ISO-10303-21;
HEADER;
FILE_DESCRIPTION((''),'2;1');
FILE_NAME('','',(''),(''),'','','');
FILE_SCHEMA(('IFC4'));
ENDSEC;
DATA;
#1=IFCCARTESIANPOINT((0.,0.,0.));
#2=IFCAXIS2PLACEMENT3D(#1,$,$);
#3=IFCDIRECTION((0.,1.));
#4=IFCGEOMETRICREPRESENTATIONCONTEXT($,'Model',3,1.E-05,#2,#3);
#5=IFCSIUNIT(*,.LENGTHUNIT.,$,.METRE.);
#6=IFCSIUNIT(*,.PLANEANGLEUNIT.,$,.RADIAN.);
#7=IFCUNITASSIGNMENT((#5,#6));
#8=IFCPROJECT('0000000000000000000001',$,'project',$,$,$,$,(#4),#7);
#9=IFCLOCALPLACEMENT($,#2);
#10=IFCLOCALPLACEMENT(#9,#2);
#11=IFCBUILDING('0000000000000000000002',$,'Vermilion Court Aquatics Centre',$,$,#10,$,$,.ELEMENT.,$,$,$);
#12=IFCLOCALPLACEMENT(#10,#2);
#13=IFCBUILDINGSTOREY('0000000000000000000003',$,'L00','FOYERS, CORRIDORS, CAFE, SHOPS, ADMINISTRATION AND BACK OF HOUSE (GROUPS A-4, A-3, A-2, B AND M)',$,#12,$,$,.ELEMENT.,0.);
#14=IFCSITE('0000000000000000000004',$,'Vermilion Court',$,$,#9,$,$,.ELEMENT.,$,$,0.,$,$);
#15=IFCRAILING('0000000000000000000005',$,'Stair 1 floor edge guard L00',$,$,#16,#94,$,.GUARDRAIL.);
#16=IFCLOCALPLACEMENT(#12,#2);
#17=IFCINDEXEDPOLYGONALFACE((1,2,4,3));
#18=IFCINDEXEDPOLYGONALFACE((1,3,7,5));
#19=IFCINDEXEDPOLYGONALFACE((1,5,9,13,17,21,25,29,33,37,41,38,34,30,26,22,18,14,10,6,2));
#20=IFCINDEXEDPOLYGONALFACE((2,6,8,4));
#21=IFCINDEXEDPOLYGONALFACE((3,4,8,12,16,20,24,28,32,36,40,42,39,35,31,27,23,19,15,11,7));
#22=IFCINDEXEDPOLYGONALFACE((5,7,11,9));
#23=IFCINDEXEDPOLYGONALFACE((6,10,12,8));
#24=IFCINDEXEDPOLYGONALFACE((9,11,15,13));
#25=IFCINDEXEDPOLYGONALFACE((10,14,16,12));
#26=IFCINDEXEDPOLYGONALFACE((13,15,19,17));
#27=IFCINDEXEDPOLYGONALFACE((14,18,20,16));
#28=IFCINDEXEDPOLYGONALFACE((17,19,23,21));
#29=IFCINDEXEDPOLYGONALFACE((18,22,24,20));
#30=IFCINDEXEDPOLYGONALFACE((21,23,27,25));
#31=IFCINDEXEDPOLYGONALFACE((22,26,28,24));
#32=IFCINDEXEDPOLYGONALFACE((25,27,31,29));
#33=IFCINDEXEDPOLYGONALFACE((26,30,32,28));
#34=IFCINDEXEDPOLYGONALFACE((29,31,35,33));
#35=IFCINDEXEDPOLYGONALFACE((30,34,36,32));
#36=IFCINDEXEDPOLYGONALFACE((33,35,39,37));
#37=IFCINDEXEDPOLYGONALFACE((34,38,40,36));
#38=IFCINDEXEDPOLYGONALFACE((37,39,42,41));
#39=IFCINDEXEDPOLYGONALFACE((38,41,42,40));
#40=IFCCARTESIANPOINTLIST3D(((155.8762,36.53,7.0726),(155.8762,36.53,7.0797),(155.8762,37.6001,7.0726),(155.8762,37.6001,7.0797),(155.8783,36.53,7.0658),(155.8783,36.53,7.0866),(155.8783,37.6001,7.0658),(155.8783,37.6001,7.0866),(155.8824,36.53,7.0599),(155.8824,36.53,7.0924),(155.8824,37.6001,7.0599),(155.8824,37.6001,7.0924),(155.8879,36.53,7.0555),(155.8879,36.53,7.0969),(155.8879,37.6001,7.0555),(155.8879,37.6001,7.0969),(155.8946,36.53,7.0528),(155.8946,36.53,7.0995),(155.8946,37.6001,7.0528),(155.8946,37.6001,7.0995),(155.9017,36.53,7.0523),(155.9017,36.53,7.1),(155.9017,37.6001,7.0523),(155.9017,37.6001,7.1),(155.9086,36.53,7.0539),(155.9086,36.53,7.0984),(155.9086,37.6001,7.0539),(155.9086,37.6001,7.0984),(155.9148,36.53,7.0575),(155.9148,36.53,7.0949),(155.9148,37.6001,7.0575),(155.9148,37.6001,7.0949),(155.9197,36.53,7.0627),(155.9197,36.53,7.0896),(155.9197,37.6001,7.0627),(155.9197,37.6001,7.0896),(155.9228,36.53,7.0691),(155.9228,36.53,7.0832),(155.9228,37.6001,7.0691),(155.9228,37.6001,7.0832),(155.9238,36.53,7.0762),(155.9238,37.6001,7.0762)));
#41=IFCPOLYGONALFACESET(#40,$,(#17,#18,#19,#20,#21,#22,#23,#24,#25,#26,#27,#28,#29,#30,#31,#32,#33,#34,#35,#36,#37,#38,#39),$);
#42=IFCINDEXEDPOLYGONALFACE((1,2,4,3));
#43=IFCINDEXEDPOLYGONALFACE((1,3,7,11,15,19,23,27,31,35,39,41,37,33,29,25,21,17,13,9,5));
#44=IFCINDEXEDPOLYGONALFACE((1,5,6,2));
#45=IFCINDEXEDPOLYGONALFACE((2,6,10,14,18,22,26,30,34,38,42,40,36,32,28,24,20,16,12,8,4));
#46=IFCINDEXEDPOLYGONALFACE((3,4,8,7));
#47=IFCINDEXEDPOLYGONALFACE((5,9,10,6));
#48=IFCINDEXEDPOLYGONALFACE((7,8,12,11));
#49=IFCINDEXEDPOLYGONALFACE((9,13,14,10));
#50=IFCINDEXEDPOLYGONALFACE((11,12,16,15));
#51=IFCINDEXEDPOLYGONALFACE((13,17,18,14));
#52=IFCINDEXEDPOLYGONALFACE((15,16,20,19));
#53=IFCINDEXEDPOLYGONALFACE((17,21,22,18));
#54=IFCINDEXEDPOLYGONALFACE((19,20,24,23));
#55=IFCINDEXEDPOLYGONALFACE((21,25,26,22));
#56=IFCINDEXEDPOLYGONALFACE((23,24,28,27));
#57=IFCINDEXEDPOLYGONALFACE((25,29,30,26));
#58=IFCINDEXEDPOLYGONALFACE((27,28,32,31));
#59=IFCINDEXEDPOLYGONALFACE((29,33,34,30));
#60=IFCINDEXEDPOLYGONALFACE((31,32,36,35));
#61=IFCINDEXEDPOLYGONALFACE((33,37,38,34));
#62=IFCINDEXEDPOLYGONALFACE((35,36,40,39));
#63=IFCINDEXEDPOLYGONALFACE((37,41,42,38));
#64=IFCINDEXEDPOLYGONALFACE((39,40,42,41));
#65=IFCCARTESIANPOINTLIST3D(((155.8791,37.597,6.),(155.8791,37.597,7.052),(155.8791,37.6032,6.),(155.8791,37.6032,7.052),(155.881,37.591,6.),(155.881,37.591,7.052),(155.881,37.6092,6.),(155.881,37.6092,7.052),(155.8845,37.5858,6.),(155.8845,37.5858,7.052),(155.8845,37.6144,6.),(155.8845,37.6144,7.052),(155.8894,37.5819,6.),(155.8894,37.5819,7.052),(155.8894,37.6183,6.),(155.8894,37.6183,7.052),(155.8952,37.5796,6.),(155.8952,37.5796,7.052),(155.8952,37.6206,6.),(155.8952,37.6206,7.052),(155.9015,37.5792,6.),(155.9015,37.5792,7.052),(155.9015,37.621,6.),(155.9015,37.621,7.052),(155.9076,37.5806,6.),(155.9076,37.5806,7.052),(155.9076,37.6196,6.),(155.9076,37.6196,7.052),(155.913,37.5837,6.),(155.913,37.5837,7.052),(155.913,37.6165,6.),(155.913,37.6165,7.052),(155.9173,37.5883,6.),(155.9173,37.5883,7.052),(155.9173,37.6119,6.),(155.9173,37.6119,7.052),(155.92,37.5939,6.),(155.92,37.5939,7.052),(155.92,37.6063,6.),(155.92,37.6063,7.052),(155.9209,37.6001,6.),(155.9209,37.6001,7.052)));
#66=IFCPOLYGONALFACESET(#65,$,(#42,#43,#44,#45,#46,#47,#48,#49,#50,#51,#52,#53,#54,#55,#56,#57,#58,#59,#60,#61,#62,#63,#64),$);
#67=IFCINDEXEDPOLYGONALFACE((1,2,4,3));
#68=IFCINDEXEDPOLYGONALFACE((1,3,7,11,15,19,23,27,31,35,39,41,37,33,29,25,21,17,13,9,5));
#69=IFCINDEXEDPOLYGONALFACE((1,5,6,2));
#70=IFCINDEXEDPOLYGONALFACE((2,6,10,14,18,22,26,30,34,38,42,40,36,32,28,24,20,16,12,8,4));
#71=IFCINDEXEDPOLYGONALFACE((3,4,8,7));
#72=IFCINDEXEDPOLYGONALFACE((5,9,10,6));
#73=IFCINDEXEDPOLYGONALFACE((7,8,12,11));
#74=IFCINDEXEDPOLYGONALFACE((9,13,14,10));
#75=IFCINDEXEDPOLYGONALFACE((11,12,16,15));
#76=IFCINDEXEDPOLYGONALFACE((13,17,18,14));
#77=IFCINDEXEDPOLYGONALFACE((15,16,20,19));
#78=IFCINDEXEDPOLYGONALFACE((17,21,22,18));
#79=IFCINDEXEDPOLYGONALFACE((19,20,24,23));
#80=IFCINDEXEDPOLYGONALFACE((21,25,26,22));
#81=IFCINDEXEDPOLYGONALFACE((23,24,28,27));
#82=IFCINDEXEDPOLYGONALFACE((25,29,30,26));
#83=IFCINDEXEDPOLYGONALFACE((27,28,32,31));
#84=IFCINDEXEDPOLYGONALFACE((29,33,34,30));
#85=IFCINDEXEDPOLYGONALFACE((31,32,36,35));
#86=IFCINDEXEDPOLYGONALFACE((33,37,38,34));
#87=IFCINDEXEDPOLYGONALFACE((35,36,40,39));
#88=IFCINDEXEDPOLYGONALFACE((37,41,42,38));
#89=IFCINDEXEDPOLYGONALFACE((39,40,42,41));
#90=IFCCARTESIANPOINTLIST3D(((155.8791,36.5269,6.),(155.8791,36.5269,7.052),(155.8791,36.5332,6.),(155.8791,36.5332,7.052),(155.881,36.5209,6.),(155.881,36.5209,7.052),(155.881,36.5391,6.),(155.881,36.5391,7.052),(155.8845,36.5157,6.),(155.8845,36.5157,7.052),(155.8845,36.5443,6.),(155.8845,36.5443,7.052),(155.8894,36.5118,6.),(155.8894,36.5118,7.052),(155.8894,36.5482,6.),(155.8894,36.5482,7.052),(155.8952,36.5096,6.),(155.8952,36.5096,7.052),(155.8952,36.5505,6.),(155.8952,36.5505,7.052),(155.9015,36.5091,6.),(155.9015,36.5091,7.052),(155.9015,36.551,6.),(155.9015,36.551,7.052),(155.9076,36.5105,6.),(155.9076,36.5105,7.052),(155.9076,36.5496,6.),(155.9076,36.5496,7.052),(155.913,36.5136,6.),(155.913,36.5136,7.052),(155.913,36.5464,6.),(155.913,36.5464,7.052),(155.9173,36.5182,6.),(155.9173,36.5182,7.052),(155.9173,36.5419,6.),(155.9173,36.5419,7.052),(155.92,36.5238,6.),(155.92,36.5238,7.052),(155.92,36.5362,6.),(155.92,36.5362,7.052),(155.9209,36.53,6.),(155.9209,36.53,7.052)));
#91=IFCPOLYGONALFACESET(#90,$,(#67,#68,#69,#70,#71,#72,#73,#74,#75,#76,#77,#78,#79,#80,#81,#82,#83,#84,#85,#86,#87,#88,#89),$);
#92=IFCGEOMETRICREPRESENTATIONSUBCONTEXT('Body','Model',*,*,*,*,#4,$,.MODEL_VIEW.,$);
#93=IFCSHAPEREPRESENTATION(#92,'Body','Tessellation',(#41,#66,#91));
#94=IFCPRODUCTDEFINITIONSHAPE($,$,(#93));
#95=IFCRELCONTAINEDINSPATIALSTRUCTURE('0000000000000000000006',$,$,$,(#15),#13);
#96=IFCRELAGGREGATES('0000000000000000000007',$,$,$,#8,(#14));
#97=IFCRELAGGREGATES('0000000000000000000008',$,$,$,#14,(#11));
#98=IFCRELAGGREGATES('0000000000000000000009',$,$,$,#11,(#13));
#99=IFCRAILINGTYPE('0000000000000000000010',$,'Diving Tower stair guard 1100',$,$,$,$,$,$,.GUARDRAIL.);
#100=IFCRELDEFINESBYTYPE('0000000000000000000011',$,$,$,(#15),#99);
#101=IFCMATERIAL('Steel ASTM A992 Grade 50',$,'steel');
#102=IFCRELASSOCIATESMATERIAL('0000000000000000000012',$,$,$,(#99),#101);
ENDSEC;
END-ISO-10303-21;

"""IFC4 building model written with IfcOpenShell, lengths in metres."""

from ifc_helpers import new_model, si_unit, direction, frame, origin, origin_2d, place, context, subcontext, project, spatial, circle, extrude, material, type_object, element, save


model = new_model("IFC4")

# Units and contexts
model_context = context("Model", 3, precision=1e-05, world=origin(), true_north=direction((0.0, 1.0)))
body_context = subcontext(model_context, "Body", "Model", "MODEL_VIEW")
ifc_project = project(units=[si_unit("LENGTHUNIT", "METRE"), si_unit("PLANEANGLEUNIT", "RADIAN")], contexts=[model_context])

# Site, building, storey
site_placement = place(None, origin())
site = spatial("IfcSite", under=ifc_project, at=site_placement, Name="Vermilion Court", CompositionType="ELEMENT", RefElevation=0.0)
building_placement = place(site_placement, origin())
building = spatial("IfcBuilding", under=site, at=building_placement, Name="Vermilion Court Aquatics Centre", CompositionType="ELEMENT")
storey_placement = place(building_placement, origin())
storey = spatial("IfcBuildingStorey", under=building, at=storey_placement, Name="L00", Description="FOYERS, CORRIDORS, CAFE, SHOPS, ADMINISTRATION AND BACK OF HOUSE (GROUPS A-4, A-3, A-2, B AND M)", CompositionType="ELEMENT", Elevation=0.0)

# Railing
ifc_material_1 = material(Name="Steel ASTM A992 Grade 50", Category="steel")
railing_type_1 = type_object("IfcRailingType", Name="Diving Tower stair guard 1100", PredefinedType="GUARDRAIL", material=ifc_material_1)
railing_placement = place(storey_placement, frame((155.8999, 37.6001, 6.0)))
element("IfcRailing", 1, at=railing_placement, inside=storey, type_object=railing_type_1, Name="Stair 1 floor edge guard L00", PredefinedType="GUARDRAIL", context=body_context, shape_type="SweptSolid", body=[
    extrude(circle(Radius=0.0239, at=origin_2d()), frame((0.0, 0.0, 1.0762), z_axis=(0.0, -1.0, 0.0), x_axis=(1.0, 0.0, 0.0)), (0.0, 0.0, 1.0), 1.0701),
    extrude(circle(Radius=0.021, at=origin_2d()), origin(), (0.0, 0.0, 1.0), 1.052),
    extrude(circle(Radius=0.021, at=origin_2d()), frame((0.0, -1.0701, 0.0)), (0.0, 0.0, 1.0), 1.052),
])

save(model, "model.ifc")
